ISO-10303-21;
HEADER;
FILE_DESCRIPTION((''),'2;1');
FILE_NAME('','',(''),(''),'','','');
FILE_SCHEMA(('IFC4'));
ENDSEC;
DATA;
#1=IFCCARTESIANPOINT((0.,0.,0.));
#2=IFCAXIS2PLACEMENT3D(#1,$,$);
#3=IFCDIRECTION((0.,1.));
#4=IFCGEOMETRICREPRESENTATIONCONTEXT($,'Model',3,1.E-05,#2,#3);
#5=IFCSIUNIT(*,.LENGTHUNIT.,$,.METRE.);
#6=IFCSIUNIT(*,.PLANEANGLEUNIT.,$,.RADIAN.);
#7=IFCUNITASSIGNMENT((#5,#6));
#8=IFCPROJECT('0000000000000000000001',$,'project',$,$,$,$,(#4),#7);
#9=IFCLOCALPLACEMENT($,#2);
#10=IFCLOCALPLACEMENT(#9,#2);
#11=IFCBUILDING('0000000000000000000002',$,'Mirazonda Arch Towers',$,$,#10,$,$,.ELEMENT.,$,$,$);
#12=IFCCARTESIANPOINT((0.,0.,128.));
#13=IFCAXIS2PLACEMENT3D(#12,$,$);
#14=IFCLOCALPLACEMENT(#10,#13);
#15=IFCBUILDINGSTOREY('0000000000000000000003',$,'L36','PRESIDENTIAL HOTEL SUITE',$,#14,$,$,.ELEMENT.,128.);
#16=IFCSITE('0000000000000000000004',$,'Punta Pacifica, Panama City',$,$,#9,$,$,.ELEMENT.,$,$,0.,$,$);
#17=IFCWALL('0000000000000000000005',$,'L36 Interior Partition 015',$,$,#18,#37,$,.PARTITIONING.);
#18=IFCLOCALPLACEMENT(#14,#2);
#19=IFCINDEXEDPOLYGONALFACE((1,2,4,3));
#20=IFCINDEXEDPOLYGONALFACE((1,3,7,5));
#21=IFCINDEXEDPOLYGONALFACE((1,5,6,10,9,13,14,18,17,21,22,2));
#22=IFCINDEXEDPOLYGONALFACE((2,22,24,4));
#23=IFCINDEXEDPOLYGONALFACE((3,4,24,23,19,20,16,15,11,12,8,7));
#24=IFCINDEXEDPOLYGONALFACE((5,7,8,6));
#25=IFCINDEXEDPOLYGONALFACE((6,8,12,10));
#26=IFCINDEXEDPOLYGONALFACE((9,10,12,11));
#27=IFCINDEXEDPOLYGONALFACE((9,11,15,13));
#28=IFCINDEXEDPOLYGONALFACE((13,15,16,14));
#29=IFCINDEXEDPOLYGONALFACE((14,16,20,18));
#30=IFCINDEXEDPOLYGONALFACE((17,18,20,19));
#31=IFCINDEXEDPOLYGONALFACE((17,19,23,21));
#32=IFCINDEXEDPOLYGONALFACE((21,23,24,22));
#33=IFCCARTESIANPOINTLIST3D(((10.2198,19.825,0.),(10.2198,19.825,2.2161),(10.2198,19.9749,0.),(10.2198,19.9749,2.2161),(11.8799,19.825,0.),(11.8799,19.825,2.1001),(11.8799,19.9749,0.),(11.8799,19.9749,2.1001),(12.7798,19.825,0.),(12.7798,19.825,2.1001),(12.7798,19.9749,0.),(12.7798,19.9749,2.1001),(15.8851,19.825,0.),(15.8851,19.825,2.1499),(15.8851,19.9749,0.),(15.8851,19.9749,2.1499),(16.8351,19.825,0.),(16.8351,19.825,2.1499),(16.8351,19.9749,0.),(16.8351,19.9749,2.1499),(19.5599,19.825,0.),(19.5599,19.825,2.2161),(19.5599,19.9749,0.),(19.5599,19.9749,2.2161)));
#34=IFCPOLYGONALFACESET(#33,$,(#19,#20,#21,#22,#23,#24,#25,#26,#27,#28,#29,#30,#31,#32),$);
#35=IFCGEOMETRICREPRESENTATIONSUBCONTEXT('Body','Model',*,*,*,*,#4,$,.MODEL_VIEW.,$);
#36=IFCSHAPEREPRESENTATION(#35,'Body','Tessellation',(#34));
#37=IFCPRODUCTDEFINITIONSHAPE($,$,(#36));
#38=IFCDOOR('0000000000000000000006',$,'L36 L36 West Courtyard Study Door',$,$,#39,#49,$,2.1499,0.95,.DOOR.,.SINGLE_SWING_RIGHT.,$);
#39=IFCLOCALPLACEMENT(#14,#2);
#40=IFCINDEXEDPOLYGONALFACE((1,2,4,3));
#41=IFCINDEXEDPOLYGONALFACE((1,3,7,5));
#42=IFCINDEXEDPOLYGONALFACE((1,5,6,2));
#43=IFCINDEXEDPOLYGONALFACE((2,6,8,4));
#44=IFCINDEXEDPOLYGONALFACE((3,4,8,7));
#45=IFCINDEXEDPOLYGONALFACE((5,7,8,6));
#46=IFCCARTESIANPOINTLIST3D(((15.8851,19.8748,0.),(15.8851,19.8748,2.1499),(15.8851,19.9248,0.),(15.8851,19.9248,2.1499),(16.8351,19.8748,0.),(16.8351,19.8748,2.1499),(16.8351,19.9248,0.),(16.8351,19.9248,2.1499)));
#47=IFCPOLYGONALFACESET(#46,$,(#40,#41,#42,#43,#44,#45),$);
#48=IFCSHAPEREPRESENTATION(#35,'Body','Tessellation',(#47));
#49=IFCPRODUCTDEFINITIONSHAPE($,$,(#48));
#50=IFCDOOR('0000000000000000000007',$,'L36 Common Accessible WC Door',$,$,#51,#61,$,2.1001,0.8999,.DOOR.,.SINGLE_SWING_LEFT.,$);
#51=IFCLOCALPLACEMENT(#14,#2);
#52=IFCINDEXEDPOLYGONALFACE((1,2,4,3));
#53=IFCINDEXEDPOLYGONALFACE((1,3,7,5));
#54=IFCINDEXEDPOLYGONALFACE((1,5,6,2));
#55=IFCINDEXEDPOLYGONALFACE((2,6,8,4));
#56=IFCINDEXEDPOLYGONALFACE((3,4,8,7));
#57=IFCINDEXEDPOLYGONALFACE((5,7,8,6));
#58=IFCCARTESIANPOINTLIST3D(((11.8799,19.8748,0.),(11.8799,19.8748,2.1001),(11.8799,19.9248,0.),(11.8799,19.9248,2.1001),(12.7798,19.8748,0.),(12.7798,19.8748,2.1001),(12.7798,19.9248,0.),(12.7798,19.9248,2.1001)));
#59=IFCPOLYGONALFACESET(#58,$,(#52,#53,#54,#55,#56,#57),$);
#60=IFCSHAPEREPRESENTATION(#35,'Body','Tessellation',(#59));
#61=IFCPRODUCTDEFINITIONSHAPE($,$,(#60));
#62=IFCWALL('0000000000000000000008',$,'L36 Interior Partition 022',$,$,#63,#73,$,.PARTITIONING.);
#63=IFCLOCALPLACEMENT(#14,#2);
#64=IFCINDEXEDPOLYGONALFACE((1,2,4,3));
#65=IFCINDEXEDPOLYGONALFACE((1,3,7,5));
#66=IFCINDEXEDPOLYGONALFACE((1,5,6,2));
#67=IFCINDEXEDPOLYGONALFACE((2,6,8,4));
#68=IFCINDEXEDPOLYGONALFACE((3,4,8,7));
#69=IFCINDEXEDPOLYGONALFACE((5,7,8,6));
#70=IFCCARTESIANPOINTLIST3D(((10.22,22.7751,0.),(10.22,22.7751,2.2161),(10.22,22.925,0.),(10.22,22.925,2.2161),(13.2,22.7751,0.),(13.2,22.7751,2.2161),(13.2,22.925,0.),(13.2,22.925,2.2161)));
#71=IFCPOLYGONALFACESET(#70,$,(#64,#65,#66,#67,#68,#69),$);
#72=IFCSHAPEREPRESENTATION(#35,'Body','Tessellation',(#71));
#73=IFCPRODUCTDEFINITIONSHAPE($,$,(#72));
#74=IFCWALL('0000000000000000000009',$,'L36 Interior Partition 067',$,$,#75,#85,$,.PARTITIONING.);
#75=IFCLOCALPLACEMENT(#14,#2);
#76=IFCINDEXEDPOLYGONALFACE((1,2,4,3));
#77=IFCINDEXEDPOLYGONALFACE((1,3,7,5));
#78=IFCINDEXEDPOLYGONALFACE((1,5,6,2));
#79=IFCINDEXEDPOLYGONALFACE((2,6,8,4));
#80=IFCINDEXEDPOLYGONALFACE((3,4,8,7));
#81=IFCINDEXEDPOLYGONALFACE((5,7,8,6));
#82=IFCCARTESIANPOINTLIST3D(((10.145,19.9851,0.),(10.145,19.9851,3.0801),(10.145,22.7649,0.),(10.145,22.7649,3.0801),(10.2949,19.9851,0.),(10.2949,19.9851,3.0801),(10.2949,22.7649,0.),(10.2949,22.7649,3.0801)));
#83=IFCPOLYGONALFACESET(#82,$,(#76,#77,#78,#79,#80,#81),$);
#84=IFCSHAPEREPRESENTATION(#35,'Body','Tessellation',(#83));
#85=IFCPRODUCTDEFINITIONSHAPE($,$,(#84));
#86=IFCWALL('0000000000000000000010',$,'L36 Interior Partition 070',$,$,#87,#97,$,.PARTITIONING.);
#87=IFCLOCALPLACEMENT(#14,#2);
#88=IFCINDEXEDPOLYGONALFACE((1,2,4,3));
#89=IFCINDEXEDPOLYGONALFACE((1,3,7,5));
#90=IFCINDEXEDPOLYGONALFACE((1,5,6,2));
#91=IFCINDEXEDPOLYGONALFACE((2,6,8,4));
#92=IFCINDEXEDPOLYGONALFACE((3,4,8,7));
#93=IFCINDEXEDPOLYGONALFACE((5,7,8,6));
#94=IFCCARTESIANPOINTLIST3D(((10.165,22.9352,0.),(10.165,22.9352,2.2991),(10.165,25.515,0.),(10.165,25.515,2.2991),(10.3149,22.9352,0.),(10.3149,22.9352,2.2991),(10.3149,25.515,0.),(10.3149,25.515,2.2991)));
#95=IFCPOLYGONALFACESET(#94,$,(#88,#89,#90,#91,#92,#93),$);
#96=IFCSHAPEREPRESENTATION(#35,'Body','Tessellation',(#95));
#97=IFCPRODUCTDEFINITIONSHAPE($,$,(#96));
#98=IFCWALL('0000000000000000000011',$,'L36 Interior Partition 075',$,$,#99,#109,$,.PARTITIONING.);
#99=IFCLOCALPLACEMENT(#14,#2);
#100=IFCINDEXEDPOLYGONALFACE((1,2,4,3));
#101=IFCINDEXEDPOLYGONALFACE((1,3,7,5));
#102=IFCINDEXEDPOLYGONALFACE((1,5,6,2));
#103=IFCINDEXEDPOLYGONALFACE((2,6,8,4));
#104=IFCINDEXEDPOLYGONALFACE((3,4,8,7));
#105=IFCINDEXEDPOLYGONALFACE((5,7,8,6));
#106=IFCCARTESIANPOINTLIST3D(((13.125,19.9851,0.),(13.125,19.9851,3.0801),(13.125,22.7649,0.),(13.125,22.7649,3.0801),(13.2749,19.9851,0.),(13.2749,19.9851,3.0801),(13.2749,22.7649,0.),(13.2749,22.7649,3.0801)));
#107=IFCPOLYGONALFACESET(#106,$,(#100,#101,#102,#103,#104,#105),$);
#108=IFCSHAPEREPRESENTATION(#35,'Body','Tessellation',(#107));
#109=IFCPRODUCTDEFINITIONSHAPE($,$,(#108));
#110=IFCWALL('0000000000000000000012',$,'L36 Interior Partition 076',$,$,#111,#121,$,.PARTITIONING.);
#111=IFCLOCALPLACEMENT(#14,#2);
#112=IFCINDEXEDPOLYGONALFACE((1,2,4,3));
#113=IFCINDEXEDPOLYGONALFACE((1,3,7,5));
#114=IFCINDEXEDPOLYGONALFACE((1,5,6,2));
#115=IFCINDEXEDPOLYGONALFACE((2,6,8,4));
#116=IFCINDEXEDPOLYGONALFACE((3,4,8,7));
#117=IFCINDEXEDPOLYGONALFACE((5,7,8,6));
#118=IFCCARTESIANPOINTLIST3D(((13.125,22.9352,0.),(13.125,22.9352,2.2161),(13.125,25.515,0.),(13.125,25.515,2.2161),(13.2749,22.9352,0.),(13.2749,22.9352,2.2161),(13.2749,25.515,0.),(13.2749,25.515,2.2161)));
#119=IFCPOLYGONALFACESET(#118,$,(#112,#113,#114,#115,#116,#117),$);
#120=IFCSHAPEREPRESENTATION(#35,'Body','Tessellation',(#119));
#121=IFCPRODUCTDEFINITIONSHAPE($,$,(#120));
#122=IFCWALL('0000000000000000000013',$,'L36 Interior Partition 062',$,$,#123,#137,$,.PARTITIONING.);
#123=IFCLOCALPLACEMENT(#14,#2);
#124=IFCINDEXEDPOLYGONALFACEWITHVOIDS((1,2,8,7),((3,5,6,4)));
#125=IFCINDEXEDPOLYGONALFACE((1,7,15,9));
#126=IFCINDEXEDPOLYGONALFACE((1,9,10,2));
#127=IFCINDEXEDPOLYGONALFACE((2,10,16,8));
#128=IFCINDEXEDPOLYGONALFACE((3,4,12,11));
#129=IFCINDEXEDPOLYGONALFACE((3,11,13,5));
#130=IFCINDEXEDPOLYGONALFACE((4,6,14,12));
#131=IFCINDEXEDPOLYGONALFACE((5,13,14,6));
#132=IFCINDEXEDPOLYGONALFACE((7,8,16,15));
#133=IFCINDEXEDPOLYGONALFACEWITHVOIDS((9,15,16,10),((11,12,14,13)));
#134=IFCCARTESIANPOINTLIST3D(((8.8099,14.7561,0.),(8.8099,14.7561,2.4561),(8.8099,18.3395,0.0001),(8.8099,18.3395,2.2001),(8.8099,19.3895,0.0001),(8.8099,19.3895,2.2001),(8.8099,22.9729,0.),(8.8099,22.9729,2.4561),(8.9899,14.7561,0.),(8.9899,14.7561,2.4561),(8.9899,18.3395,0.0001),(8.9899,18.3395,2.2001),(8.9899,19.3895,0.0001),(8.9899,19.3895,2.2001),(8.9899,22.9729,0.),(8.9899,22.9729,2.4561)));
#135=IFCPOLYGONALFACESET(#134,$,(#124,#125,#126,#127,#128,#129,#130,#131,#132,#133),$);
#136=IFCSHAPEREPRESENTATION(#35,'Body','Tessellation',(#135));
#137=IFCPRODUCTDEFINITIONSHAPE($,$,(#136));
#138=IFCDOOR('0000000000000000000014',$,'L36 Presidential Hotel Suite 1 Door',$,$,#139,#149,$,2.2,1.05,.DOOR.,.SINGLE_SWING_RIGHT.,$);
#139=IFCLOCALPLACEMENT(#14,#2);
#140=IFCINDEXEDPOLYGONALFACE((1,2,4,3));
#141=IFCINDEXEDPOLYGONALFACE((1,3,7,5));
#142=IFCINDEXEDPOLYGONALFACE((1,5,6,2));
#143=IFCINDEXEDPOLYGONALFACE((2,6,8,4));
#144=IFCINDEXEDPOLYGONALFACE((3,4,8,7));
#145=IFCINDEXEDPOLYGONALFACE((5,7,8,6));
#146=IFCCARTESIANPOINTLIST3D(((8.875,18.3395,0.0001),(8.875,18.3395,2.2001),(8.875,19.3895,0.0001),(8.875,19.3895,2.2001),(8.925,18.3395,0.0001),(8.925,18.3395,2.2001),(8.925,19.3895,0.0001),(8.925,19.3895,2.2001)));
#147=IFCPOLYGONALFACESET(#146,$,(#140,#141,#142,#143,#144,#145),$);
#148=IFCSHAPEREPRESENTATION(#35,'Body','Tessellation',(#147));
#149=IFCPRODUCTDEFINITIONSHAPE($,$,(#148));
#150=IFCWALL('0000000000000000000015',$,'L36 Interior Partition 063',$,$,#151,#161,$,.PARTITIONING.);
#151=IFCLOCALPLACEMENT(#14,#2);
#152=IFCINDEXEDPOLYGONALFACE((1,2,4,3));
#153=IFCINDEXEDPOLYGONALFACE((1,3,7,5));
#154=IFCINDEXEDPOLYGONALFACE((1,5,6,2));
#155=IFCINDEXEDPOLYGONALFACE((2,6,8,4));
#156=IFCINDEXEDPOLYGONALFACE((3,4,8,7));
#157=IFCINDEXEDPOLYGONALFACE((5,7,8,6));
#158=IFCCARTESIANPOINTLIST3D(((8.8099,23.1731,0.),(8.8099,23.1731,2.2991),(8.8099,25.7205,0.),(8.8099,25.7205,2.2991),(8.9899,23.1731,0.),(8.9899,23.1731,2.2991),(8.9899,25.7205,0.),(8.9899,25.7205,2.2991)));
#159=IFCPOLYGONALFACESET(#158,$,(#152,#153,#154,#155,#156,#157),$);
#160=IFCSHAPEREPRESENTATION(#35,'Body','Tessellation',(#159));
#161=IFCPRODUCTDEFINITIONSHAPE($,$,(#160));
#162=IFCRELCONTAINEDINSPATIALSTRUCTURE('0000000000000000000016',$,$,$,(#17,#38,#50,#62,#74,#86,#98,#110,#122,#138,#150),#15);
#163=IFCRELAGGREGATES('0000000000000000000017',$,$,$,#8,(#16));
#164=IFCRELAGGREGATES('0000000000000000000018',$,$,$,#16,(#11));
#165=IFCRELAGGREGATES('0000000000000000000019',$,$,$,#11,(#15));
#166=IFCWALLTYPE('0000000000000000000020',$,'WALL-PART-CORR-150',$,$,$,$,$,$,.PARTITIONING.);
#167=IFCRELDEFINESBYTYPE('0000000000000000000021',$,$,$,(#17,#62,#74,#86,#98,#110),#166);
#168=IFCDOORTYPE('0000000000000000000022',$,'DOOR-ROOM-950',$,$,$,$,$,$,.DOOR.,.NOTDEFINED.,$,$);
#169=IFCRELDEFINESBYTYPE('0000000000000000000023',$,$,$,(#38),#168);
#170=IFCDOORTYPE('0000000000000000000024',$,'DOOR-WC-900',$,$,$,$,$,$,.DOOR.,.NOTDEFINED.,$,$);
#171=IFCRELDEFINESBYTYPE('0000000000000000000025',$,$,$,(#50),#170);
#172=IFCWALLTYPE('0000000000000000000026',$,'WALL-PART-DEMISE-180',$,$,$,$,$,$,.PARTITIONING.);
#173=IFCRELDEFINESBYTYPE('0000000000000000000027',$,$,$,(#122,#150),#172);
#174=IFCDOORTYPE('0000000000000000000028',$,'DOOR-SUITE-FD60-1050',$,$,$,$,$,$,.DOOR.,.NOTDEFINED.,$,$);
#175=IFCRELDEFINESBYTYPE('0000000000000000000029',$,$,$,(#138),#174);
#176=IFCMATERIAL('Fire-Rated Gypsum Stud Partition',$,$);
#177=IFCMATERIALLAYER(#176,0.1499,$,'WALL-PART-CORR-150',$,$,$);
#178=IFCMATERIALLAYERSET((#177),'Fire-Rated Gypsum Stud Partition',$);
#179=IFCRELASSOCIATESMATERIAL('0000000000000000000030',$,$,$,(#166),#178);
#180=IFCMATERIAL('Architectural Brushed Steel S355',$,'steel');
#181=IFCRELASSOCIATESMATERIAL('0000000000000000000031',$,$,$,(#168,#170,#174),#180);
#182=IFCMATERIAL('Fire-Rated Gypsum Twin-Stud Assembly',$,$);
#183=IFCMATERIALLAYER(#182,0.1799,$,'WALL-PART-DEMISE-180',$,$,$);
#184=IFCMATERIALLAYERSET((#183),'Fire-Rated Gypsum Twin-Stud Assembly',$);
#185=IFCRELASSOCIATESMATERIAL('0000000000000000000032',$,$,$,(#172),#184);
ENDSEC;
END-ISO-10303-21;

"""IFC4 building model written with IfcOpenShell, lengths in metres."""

from ifc_helpers import new_model, si_unit, direction, frame, frame_2d, origin, place, context, subcontext, project, spatial, rectangle, extrude, material, layer, layer_set, type_object, element, fill, save


model = new_model("IFC4")

# Units and contexts
model_context = context("Model", 3, precision=1e-05, world=origin(), true_north=direction((0.0, 1.0)))
body_context = subcontext(model_context, "Body", "Model", "MODEL_VIEW")
ifc_project = project(units=[si_unit("LENGTHUNIT", "METRE"), si_unit("PLANEANGLEUNIT", "RADIAN")], contexts=[model_context])

# Site, building, storey
site_placement = place(None, origin())
site = spatial("IfcSite", under=ifc_project, at=site_placement, Name="Punta Pacifica, Panama City", CompositionType="ELEMENT", RefElevation=0.0)
building_placement = place(site_placement, origin())
building = spatial("IfcBuilding", under=site, at=building_placement, Name="Mirazonda Arch Towers", CompositionType="ELEMENT")
storey_placement = place(building_placement, frame((0.0, 0.0, 128.0)))
storey = spatial("IfcBuildingStorey", under=building, at=storey_placement, Name="L36", Description="PRESIDENTIAL HOTEL SUITE", CompositionType="ELEMENT", Elevation=128.0)

# Shared definitions
ifc_material_1 = material(Name="Architectural Brushed Steel S355", Category="steel")

# Shared definitions
ifc_material_2 = material(Name="Fire-Rated Gypsum Stud Partition")
ifc_layer_1 = layer(ifc_material_2, 0.1499, Name="WALL-PART-CORR-150")
ifc_layer_set_1 = layer_set([ifc_layer_1], Name="Fire-Rated Gypsum Stud Partition")
wall_type_1 = type_object("IfcWallType", Name="WALL-PART-CORR-150", PredefinedType="PARTITIONING", material=ifc_layer_set_1)

# Wall, openings, doors
wall_1_placement = place(storey_placement, frame((10.22, 19.8999, 0.0), z_axis=(0.0, 0.0, 1.0), x_axis=(1.0, 0.0, 0.0)))
wall_1 = element("IfcWall", 1, at=wall_1_placement, inside=storey, type_object=wall_type_1, Name="L36 Interior Partition 015", PredefinedType="PARTITIONING", context=body_context, shape_type="SweptSolid", body=[
    extrude(rectangle(XDim=9.3401, YDim=0.1499, at=frame_2d((4.6699, 0.0))), origin(), (0.0, 0.0, 1.0), 2.2161),
])
opening_1_placement = place(wall_1_placement, frame((1.6599, 0.0, 0.0)))
opening_1 = element("IfcOpeningElement", 2, at=opening_1_placement, cuts=wall_1, PredefinedType="OPENING", context=body_context, shape_type="SweptSolid", body=[
    extrude(rectangle(XDim=0.8999, YDim=2.1001, at=frame_2d((0.45, 1.05))), frame((0.0, 0.085, 0.0), z_axis=(0.0, -1.0, 0.0), x_axis=(1.0, 0.0, 0.0)), (0.0, 0.0, 1.0), 0.1699),
])
opening_2_placement = place(wall_1_placement, frame((5.665, 0.0, 0.0)))
opening_2 = element("IfcOpeningElement", 3, at=opening_2_placement, cuts=wall_1, PredefinedType="OPENING", context=body_context, shape_type="SweptSolid", body=[
    extrude(rectangle(XDim=0.95, YDim=2.1499, at=frame_2d((0.4751, 1.075))), frame((0.0, 0.085, 0.0), z_axis=(0.0, -1.0, 0.0), x_axis=(1.0, 0.0, 0.0)), (0.0, 0.0, 1.0), 0.1699),
])
door_type_1 = type_object("IfcDoorType", Name="DOOR-ROOM-950", OperationType="NOTDEFINED", PredefinedType="DOOR", material=ifc_material_1)
door_1_placement = place(opening_2_placement, origin())
door_1 = element("IfcDoor", 4, at=door_1_placement, inside=storey, type_object=door_type_1, Name="L36 L36 West Courtyard Study Door", OperationType="SINGLE_SWING_RIGHT", OverallHeight=2.1499, OverallWidth=0.95, PredefinedType="DOOR", context=body_context, shape_type="SweptSolid", body=[
    extrude(rectangle(XDim=0.95, YDim=2.1499, at=frame_2d((0.4751, 1.075))), frame((0.0, 0.0249, 0.0), z_axis=(0.0, -1.0, 0.0), x_axis=(1.0, 0.0, 0.0)), (0.0, 0.0, 1.0), 0.05),
])
fill(opening_2, door_1)
door_type_2 = type_object("IfcDoorType", Name="DOOR-WC-900", OperationType="NOTDEFINED", PredefinedType="DOOR", material=ifc_material_1)
door_2_placement = place(opening_1_placement, origin())
door_2 = element("IfcDoor", 5, at=door_2_placement, inside=storey, type_object=door_type_2, Name="L36 Common Accessible WC Door", OperationType="SINGLE_SWING_LEFT", OverallHeight=2.1001, OverallWidth=0.8999, PredefinedType="DOOR", context=body_context, shape_type="SweptSolid", body=[
    extrude(rectangle(XDim=0.8999, YDim=2.1001, at=frame_2d((0.45, 1.05))), frame((0.0, 0.0249, 0.0), z_axis=(0.0, -1.0, 0.0), x_axis=(1.0, 0.0, 0.0)), (0.0, 0.0, 1.0), 0.05),
])
fill(opening_1, door_2)

# Walls
wall_2_placement = place(storey_placement, frame((10.22, 22.8501, 0.0), z_axis=(0.0, 0.0, 1.0), x_axis=(1.0, 0.0, 0.0)))
element("IfcWall", 6, at=wall_2_placement, inside=storey, type_object=wall_type_1, Name="L36 Interior Partition 022", PredefinedType="PARTITIONING", context=body_context, shape_type="SweptSolid", body=[
    extrude(rectangle(XDim=2.98, YDim=0.1499, at=frame_2d((1.49, 0.0))), origin(), (0.0, 0.0, 1.0), 2.2161),
])
wall_3_placement = place(storey_placement, frame((10.22, 19.9851, 0.0), z_axis=(0.0, 0.0, 1.0), x_axis=(0.0, 1.0, 0.0)))
element("IfcWall", 7, at=wall_3_placement, inside=storey, type_object=wall_type_1, Name="L36 Interior Partition 067", PredefinedType="PARTITIONING", context=body_context, shape_type="SweptSolid", body=[
    extrude(rectangle(XDim=2.7798, YDim=0.1499, at=frame_2d((1.3899, 0.0))), origin(), (0.0, 0.0, 1.0), 3.0801),
])
wall_4_placement = place(storey_placement, frame((10.24, 22.9351, 0.0), z_axis=(0.0, 0.0, 1.0), x_axis=(0.0, 1.0, 0.0)))
element("IfcWall", 8, at=wall_4_placement, inside=storey, type_object=wall_type_1, Name="L36 Interior Partition 070", PredefinedType="PARTITIONING", context=body_context, shape_type="SweptSolid", body=[
    extrude(rectangle(XDim=2.5798, YDim=0.1499, at=frame_2d((1.29, 0.0))), origin(), (0.0, 0.0, 1.0), 2.2991),
])
wall_5_placement = place(storey_placement, frame((13.2, 19.9851, 0.0), z_axis=(0.0, 0.0, 1.0), x_axis=(0.0, 1.0, 0.0)))
element("IfcWall", 9, at=wall_5_placement, inside=storey, type_object=wall_type_1, Name="L36 Interior Partition 075", PredefinedType="PARTITIONING", context=body_context, shape_type="SweptSolid", body=[
    extrude(rectangle(XDim=2.7798, YDim=0.1499, at=frame_2d((1.3899, 0.0))), origin(), (0.0, 0.0, 1.0), 3.0801),
])
wall_6_placement = place(storey_placement, frame((13.2, 22.9351, 0.0), z_axis=(0.0, 0.0, 1.0), x_axis=(0.0, 1.0, 0.0)))
element("IfcWall", 10, at=wall_6_placement, inside=storey, type_object=wall_type_1, Name="L36 Interior Partition 076", PredefinedType="PARTITIONING", context=body_context, shape_type="SweptSolid", body=[
    extrude(rectangle(XDim=2.5798, YDim=0.1499, at=frame_2d((1.29, 0.0))), origin(), (0.0, 0.0, 1.0), 2.2161),
])

# Wall, opening, door
ifc_material_3 = material(Name="Fire-Rated Gypsum Twin-Stud Assembly")
ifc_layer_2 = layer(ifc_material_3, 0.1799, Name="WALL-PART-DEMISE-180")
ifc_layer_set_2 = layer_set([ifc_layer_2], Name="Fire-Rated Gypsum Twin-Stud Assembly")
wall_type_2 = type_object("IfcWallType", Name="WALL-PART-DEMISE-180", PredefinedType="PARTITIONING", material=ifc_layer_set_2)
wall_7_placement = place(storey_placement, frame((8.8999, 14.7561, 0.0), z_axis=(0.0, 0.0, 1.0), x_axis=(0.0, 1.0, 0.0)))
wall_7 = element("IfcWall", 11, at=wall_7_placement, inside=storey, type_object=wall_type_2, Name="L36 Interior Partition 062", PredefinedType="PARTITIONING", context=body_context, shape_type="SweptSolid", body=[
    extrude(rectangle(XDim=8.2168, YDim=0.1799, at=frame_2d((4.1084, 0.0))), origin(), (0.0, 0.0, 1.0), 2.4561),
])
opening_3_placement = place(wall_7_placement, frame((3.5835, 0.0, 0.0)))
opening_3 = element("IfcOpeningElement", 12, at=opening_3_placement, cuts=wall_7, PredefinedType="OPENING", context=body_context, shape_type="SweptSolid", body=[
    extrude(rectangle(XDim=1.05, YDim=2.2, at=frame_2d((0.5249, 1.1001))), frame((0.0, 0.0999, 0.0), z_axis=(0.0, -1.0, 0.0), x_axis=(1.0, 0.0, 0.0)), (0.0, 0.0, 1.0), 0.2),
])
door_type_3 = type_object("IfcDoorType", Name="DOOR-SUITE-FD60-1050", OperationType="NOTDEFINED", PredefinedType="DOOR", material=ifc_material_1)
door_3_placement = place(opening_3_placement, origin())
door_3 = element("IfcDoor", 13, at=door_3_placement, inside=storey, type_object=door_type_3, Name="L36 Presidential Hotel Suite 1 Door", OperationType="SINGLE_SWING_RIGHT", OverallHeight=2.2, OverallWidth=1.05, PredefinedType="DOOR", context=body_context, shape_type="SweptSolid", body=[
    extrude(rectangle(XDim=1.05, YDim=2.2, at=frame_2d((0.5249, 1.1001))), frame((0.0, 0.0249, 0.0), z_axis=(0.0, -1.0, 0.0), x_axis=(1.0, 0.0, 0.0)), (0.0, 0.0, 1.0), 0.05),
])
fill(opening_3, door_3)

# Wall
wall_8_placement = place(storey_placement, frame((8.8999, 23.1731, 0.0), z_axis=(0.0, 0.0, 1.0), x_axis=(0.0, 1.0, 0.0)))
element("IfcWall", 14, at=wall_8_placement, inside=storey, type_object=wall_type_2, Name="L36 Interior Partition 063", PredefinedType="PARTITIONING", context=body_context, shape_type="SweptSolid", body=[
    extrude(rectangle(XDim=2.5474, YDim=0.1799, at=frame_2d((1.2737, 0.0))), origin(), (0.0, 0.0, 1.0), 2.2991),
])

save(model, "model.ifc")
